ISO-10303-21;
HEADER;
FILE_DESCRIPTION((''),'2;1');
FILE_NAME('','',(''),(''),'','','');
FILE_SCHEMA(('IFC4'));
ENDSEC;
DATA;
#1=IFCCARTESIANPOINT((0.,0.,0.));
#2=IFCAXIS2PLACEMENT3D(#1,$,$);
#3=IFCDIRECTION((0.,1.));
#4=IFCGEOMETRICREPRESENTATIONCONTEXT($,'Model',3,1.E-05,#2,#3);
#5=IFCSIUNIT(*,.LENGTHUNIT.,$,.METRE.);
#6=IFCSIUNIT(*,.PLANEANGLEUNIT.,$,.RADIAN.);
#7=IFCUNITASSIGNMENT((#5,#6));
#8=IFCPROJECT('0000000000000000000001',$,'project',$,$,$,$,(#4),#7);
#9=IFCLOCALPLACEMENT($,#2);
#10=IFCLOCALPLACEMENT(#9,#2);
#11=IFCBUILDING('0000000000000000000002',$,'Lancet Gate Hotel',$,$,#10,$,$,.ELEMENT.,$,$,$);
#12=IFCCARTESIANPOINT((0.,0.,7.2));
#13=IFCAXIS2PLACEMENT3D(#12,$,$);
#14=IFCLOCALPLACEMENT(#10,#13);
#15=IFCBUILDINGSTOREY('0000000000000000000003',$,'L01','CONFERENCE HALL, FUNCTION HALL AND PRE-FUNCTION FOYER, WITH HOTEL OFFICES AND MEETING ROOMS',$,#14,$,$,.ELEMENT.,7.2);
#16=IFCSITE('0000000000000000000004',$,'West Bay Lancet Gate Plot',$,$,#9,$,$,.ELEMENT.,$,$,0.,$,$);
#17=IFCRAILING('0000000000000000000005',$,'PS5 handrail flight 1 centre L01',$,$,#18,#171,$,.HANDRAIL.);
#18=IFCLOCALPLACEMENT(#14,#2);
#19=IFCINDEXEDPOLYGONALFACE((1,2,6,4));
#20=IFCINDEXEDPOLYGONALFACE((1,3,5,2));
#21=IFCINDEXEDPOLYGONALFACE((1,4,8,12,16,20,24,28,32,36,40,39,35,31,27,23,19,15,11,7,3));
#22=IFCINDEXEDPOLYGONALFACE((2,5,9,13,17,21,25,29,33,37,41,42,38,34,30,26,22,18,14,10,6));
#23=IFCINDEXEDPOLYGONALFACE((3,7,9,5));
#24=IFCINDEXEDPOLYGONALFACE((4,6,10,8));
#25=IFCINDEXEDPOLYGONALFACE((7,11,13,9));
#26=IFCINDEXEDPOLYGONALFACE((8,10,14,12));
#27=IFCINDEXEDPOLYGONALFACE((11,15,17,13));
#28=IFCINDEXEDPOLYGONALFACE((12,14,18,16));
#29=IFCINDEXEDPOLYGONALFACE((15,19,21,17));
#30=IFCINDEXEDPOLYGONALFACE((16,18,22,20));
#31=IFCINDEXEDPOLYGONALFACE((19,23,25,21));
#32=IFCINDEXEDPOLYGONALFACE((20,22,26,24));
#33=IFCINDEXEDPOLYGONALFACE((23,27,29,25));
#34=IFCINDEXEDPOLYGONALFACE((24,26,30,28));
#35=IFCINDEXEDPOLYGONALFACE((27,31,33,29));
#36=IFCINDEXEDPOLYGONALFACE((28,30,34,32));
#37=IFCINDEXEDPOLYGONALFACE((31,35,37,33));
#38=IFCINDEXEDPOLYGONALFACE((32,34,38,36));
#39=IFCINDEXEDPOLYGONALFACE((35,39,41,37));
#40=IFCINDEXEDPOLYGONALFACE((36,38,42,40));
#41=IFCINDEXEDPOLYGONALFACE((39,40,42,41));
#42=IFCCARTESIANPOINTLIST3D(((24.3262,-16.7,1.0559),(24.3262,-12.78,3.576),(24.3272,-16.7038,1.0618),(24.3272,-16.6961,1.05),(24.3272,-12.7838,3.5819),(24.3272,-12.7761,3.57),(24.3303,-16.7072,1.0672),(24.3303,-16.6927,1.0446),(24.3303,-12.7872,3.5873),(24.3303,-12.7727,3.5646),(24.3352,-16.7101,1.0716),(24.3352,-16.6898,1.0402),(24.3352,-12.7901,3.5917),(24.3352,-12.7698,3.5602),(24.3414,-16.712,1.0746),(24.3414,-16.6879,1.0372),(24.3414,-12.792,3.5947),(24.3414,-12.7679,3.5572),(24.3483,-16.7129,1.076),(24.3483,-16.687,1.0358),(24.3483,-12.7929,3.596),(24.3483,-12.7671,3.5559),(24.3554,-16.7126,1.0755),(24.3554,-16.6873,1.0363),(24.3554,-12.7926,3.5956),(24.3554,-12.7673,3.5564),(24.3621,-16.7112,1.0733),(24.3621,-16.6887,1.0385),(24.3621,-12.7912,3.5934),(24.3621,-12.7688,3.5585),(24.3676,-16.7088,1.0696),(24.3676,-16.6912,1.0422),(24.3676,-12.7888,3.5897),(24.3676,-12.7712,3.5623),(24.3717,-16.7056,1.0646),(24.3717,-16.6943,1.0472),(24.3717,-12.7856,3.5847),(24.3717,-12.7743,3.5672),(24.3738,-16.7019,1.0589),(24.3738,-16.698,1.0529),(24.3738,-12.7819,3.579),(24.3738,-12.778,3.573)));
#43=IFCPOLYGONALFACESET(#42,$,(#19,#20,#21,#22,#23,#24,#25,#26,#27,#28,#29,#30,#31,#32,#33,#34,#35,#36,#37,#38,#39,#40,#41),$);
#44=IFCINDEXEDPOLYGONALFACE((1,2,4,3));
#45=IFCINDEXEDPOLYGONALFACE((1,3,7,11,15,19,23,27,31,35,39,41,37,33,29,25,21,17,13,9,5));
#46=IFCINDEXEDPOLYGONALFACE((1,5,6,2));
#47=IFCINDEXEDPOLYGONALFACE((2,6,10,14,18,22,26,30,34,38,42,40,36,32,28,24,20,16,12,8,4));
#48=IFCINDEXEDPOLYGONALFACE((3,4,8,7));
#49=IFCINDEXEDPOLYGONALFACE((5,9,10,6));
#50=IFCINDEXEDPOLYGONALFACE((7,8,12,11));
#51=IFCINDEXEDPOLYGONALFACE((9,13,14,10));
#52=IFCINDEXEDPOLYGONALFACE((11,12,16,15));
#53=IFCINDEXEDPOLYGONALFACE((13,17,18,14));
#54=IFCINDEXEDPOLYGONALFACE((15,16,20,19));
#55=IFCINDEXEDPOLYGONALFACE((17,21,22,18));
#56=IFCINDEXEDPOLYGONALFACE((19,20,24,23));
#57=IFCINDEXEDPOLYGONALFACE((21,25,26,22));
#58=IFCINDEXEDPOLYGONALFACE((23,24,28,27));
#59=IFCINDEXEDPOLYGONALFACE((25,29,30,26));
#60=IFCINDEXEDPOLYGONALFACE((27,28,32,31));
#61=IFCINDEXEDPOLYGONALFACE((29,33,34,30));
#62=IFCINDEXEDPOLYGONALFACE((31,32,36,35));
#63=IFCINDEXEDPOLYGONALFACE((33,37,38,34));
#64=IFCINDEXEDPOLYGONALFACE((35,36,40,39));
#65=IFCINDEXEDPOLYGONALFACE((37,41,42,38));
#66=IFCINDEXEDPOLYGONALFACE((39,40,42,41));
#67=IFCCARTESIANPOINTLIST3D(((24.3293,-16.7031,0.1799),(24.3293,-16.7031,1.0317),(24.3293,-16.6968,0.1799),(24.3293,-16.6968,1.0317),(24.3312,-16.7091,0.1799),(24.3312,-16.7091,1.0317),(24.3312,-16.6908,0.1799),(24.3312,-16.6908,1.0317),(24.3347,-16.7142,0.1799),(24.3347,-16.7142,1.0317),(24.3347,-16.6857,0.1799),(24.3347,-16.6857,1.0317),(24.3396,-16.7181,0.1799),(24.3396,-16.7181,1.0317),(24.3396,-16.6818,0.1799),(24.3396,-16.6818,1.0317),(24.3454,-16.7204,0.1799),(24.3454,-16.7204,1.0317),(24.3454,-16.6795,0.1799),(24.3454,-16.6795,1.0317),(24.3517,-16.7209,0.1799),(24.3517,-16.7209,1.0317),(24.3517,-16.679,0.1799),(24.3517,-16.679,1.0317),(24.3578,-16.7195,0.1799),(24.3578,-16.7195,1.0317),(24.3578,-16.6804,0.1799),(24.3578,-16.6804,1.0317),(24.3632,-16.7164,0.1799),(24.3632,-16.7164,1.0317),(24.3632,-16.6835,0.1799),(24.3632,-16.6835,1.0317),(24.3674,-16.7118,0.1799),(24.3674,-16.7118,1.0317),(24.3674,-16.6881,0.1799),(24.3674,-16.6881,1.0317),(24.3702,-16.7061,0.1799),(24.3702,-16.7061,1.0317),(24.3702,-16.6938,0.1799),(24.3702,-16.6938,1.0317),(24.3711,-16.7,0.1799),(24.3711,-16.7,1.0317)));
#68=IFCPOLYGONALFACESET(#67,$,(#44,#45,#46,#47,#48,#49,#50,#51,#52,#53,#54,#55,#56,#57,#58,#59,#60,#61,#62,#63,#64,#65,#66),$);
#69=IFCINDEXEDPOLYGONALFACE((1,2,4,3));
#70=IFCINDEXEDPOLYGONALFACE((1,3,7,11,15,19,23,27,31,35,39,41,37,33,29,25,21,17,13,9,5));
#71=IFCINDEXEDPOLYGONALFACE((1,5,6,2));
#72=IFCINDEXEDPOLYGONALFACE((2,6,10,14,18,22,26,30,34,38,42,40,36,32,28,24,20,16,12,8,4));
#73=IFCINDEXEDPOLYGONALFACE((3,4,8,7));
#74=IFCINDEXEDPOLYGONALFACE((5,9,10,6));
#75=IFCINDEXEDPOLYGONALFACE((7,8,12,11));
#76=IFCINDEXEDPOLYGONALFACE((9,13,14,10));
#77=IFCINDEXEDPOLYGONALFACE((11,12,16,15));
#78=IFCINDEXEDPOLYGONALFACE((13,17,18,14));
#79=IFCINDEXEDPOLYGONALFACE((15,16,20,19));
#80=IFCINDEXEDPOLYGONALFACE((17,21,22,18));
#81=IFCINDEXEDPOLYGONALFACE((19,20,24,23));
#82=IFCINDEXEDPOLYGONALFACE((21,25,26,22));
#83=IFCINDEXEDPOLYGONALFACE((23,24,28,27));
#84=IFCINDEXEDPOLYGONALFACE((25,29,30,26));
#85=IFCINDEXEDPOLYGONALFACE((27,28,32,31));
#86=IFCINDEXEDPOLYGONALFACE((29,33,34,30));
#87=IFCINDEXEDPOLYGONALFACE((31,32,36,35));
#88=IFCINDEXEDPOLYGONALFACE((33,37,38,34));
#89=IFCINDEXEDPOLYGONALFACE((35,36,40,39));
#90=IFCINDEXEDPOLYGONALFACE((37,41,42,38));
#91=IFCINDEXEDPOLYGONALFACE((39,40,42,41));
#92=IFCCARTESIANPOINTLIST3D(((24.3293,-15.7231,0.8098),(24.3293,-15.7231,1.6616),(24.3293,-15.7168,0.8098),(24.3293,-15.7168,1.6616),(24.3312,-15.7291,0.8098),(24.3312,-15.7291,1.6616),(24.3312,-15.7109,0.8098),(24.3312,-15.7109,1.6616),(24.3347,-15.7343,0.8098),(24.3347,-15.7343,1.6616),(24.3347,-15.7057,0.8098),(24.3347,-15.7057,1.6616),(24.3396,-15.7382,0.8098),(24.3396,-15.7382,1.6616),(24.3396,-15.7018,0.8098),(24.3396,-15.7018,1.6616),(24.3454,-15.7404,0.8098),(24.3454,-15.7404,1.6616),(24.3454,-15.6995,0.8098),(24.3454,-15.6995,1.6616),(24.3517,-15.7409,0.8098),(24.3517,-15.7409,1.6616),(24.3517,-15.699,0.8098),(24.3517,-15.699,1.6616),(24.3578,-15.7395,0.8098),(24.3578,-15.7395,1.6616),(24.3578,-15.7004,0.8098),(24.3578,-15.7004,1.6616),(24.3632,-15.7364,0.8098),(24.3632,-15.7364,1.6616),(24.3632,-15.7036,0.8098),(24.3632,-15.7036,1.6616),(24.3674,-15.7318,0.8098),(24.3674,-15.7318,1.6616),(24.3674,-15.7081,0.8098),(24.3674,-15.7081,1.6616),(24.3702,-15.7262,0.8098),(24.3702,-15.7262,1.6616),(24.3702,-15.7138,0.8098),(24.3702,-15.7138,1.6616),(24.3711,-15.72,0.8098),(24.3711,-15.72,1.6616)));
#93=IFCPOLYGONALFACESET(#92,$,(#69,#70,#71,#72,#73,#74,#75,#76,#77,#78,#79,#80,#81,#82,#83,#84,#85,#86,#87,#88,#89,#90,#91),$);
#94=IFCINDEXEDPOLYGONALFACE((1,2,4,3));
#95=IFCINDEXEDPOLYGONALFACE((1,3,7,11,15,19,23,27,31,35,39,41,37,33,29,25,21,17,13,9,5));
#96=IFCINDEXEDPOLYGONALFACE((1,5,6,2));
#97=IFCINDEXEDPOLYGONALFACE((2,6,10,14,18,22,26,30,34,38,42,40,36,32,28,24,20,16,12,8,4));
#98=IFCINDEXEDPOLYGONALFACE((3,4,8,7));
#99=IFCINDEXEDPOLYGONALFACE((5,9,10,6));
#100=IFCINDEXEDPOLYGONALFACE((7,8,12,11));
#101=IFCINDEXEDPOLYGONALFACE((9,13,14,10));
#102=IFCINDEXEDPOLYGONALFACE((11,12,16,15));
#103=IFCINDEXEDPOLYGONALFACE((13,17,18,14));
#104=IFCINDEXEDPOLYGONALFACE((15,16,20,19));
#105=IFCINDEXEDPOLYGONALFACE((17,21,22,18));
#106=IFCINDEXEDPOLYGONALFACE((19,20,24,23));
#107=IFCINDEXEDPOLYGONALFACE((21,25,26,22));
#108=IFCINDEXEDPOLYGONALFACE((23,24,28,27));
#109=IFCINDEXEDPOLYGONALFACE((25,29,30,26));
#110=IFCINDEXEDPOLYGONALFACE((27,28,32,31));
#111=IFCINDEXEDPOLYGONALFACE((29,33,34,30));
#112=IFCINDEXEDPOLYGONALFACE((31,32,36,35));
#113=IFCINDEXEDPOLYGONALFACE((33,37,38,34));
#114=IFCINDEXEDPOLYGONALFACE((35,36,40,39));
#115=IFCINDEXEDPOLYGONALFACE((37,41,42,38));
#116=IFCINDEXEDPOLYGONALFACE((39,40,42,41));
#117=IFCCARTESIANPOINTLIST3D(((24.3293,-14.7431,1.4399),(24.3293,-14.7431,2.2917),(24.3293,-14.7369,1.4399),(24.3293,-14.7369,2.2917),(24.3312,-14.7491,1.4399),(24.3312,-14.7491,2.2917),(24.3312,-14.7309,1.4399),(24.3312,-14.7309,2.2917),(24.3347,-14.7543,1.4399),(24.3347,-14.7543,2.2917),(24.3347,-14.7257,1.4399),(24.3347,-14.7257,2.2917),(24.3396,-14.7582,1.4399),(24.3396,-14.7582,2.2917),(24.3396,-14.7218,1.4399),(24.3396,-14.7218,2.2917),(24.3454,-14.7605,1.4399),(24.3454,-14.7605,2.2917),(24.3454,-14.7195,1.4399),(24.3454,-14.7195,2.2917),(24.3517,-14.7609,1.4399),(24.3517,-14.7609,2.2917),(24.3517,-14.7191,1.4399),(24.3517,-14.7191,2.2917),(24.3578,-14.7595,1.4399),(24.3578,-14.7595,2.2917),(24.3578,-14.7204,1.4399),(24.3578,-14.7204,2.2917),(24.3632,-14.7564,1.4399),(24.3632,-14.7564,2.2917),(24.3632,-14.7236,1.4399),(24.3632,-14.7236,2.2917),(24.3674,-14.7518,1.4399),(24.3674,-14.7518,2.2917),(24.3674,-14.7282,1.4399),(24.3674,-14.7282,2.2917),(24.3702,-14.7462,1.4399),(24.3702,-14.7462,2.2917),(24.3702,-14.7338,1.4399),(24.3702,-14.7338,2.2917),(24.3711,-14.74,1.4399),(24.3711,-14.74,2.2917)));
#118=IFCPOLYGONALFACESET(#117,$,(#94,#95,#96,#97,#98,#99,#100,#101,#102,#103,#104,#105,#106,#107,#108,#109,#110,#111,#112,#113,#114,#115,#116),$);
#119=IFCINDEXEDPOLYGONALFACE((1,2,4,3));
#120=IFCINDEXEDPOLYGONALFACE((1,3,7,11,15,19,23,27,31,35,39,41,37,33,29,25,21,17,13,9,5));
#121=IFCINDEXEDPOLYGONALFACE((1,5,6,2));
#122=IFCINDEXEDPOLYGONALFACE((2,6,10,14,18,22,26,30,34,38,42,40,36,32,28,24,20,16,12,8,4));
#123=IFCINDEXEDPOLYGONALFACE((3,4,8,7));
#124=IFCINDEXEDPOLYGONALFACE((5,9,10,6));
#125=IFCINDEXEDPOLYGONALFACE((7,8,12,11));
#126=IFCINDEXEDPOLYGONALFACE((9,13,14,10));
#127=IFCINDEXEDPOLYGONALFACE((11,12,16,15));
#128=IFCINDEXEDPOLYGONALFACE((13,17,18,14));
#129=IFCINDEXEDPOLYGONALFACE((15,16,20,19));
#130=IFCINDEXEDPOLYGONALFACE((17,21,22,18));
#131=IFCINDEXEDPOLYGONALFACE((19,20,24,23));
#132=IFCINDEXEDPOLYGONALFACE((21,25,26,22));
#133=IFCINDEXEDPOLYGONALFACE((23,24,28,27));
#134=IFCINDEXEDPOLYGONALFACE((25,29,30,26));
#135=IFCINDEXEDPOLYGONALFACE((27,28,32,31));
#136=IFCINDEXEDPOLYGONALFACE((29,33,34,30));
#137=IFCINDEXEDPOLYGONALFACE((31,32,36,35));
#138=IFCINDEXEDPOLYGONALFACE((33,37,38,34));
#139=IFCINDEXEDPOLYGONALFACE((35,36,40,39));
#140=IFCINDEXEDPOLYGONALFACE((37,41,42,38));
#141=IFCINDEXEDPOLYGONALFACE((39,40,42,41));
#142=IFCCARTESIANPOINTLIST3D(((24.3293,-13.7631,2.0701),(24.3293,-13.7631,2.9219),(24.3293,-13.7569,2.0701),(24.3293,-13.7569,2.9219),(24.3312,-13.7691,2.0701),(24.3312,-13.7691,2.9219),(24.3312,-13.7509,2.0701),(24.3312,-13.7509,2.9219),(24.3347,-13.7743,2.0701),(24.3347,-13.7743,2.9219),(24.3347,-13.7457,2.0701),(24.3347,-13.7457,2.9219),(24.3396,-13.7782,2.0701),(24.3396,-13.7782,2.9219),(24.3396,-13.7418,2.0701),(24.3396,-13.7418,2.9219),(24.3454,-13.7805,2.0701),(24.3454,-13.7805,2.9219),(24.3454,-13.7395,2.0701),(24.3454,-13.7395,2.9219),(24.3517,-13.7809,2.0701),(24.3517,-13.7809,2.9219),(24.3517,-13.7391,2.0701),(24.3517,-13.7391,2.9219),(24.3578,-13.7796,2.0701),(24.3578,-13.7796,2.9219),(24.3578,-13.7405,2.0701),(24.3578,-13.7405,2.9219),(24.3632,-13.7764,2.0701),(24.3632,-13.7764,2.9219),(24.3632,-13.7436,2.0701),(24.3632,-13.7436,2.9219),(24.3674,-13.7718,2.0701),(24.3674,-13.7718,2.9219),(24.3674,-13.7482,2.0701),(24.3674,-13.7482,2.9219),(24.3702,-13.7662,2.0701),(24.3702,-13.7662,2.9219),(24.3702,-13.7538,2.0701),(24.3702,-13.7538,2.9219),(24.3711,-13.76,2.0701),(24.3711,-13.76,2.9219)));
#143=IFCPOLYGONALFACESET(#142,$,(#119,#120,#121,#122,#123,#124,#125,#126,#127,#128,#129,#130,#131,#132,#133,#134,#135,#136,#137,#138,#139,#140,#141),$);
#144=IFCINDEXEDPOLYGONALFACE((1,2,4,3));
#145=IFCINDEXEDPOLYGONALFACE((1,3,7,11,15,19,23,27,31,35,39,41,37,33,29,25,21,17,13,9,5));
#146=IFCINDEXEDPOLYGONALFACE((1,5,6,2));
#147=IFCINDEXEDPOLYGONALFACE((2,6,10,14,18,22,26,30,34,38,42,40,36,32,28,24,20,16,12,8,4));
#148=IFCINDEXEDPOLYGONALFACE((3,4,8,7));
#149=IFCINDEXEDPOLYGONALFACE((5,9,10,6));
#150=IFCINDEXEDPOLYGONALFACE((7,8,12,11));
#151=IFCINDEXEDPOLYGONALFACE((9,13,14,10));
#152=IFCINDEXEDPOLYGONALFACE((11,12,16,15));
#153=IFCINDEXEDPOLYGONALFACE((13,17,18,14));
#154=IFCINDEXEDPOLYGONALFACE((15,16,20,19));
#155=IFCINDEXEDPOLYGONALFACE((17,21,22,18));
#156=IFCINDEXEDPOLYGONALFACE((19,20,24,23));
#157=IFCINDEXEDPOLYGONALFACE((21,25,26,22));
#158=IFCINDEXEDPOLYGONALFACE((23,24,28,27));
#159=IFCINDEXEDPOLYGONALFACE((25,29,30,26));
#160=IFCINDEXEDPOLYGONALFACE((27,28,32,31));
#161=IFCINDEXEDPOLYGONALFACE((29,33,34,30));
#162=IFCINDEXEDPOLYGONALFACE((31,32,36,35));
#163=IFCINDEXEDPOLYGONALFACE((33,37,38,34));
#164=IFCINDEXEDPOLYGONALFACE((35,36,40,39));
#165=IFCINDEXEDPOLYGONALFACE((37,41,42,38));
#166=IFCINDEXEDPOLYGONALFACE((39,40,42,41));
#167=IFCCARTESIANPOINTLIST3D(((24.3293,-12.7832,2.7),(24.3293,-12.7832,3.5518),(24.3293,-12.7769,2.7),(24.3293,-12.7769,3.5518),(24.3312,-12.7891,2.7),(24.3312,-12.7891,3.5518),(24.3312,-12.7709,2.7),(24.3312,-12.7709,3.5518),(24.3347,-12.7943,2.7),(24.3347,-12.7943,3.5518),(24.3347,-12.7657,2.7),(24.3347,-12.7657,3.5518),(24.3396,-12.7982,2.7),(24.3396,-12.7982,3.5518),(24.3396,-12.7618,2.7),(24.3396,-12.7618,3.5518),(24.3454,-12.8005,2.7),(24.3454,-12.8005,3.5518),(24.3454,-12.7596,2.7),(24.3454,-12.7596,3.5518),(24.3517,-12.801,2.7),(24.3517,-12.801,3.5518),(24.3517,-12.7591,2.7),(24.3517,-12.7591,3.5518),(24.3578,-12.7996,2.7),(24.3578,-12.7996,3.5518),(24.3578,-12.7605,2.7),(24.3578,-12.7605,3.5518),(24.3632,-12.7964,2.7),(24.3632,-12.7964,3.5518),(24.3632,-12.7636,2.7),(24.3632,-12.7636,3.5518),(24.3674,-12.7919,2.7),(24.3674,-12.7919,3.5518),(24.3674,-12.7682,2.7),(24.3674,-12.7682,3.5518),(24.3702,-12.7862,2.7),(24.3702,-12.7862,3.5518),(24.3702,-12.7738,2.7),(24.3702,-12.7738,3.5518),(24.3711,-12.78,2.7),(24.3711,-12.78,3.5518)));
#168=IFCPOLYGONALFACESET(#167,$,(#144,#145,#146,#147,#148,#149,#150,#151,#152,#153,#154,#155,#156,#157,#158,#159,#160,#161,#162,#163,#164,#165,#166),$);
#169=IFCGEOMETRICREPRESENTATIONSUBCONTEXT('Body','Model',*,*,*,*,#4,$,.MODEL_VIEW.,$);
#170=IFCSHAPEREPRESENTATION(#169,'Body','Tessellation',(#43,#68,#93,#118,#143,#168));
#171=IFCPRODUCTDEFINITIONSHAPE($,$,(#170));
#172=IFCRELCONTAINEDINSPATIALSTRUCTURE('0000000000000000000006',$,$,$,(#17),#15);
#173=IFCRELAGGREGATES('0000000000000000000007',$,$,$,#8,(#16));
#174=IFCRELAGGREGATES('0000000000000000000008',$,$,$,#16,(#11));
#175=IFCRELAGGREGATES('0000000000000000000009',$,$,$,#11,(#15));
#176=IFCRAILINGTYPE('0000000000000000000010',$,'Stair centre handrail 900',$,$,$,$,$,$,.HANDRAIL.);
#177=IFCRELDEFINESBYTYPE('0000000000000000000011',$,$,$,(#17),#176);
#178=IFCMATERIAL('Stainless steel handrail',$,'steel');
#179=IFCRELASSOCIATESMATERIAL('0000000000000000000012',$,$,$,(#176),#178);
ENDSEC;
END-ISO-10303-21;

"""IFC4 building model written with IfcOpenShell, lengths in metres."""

from ifc_helpers import new_model, si_unit, direction, frame, origin, origin_2d, place, context, subcontext, project, spatial, circle, extrude, material, type_object, element, save


model = new_model("IFC4")

# Units and contexts
model_context = context("Model", 3, precision=1e-05, world=origin(), true_north=direction((0.0, 1.0)))
body_context = subcontext(model_context, "Body", "Model", "MODEL_VIEW")
ifc_project = project(units=[si_unit("LENGTHUNIT", "METRE"), si_unit("PLANEANGLEUNIT", "RADIAN")], contexts=[model_context])

# Site, building, storey
site_placement = place(None, origin())
site = spatial("IfcSite", under=ifc_project, at=site_placement, Name="West Bay Lancet Gate Plot", CompositionType="ELEMENT", RefElevation=0.0)
building_placement = place(site_placement, origin())
building = spatial("IfcBuilding", under=site, at=building_placement, Name="Lancet Gate Hotel", CompositionType="ELEMENT")
storey_placement = place(building_placement, frame((0.0, 0.0, 7.2)))
storey = spatial("IfcBuildingStorey", under=building, at=storey_placement, Name="L01", Description="CONFERENCE HALL, FUNCTION HALL AND PRE-FUNCTION FOYER, WITH HOTEL OFFICES AND MEETING ROOMS", CompositionType="ELEMENT", Elevation=7.2)

# Railing
ifc_material_1 = material(Name="Stainless steel handrail", Category="steel")
railing_type_1 = type_object("IfcRailingType", Name="Stair centre handrail 900", PredefinedType="HANDRAIL", material=ifc_material_1)
railing_1_placement = place(storey_placement, frame((24.3501, -16.7, 0.1799)))
element("IfcRailing", 1, at=railing_1_placement, inside=storey, type_object=railing_type_1, Name="PS5 handrail flight 1 centre L01", PredefinedType="HANDRAIL", context=body_context, shape_type="SweptSolid", body=[
    extrude(circle(Radius=0.0239, at=origin_2d()), frame((0.0, 0.0, 0.876), z_axis=(0.0, 0.841172, 0.540768), x_axis=(-1.0, 0.0, 0.0)), (0.0, 0.0, 1.0), 4.6602),
    extrude(circle(Radius=0.021, at=origin_2d()), origin(), (0.0, 0.0, 1.0), 0.8518),
    extrude(circle(Radius=0.021, at=origin_2d()), frame((0.0, 0.98, 0.6299)), (0.0, 0.0, 1.0), 0.8518),
    extrude(circle(Radius=0.021, at=origin_2d()), frame((0.0, 1.96, 1.26)), (0.0, 0.0, 1.0), 0.8518),
    extrude(circle(Radius=0.021, at=origin_2d()), frame((0.0, 2.9399, 1.8901)), (0.0, 0.0, 1.0), 0.8518),
    extrude(circle(Radius=0.021, at=origin_2d()), frame((0.0, 3.9199, 2.52)), (0.0, 0.0, 1.0), 0.8518),
])

save(model, "model.ifc")
